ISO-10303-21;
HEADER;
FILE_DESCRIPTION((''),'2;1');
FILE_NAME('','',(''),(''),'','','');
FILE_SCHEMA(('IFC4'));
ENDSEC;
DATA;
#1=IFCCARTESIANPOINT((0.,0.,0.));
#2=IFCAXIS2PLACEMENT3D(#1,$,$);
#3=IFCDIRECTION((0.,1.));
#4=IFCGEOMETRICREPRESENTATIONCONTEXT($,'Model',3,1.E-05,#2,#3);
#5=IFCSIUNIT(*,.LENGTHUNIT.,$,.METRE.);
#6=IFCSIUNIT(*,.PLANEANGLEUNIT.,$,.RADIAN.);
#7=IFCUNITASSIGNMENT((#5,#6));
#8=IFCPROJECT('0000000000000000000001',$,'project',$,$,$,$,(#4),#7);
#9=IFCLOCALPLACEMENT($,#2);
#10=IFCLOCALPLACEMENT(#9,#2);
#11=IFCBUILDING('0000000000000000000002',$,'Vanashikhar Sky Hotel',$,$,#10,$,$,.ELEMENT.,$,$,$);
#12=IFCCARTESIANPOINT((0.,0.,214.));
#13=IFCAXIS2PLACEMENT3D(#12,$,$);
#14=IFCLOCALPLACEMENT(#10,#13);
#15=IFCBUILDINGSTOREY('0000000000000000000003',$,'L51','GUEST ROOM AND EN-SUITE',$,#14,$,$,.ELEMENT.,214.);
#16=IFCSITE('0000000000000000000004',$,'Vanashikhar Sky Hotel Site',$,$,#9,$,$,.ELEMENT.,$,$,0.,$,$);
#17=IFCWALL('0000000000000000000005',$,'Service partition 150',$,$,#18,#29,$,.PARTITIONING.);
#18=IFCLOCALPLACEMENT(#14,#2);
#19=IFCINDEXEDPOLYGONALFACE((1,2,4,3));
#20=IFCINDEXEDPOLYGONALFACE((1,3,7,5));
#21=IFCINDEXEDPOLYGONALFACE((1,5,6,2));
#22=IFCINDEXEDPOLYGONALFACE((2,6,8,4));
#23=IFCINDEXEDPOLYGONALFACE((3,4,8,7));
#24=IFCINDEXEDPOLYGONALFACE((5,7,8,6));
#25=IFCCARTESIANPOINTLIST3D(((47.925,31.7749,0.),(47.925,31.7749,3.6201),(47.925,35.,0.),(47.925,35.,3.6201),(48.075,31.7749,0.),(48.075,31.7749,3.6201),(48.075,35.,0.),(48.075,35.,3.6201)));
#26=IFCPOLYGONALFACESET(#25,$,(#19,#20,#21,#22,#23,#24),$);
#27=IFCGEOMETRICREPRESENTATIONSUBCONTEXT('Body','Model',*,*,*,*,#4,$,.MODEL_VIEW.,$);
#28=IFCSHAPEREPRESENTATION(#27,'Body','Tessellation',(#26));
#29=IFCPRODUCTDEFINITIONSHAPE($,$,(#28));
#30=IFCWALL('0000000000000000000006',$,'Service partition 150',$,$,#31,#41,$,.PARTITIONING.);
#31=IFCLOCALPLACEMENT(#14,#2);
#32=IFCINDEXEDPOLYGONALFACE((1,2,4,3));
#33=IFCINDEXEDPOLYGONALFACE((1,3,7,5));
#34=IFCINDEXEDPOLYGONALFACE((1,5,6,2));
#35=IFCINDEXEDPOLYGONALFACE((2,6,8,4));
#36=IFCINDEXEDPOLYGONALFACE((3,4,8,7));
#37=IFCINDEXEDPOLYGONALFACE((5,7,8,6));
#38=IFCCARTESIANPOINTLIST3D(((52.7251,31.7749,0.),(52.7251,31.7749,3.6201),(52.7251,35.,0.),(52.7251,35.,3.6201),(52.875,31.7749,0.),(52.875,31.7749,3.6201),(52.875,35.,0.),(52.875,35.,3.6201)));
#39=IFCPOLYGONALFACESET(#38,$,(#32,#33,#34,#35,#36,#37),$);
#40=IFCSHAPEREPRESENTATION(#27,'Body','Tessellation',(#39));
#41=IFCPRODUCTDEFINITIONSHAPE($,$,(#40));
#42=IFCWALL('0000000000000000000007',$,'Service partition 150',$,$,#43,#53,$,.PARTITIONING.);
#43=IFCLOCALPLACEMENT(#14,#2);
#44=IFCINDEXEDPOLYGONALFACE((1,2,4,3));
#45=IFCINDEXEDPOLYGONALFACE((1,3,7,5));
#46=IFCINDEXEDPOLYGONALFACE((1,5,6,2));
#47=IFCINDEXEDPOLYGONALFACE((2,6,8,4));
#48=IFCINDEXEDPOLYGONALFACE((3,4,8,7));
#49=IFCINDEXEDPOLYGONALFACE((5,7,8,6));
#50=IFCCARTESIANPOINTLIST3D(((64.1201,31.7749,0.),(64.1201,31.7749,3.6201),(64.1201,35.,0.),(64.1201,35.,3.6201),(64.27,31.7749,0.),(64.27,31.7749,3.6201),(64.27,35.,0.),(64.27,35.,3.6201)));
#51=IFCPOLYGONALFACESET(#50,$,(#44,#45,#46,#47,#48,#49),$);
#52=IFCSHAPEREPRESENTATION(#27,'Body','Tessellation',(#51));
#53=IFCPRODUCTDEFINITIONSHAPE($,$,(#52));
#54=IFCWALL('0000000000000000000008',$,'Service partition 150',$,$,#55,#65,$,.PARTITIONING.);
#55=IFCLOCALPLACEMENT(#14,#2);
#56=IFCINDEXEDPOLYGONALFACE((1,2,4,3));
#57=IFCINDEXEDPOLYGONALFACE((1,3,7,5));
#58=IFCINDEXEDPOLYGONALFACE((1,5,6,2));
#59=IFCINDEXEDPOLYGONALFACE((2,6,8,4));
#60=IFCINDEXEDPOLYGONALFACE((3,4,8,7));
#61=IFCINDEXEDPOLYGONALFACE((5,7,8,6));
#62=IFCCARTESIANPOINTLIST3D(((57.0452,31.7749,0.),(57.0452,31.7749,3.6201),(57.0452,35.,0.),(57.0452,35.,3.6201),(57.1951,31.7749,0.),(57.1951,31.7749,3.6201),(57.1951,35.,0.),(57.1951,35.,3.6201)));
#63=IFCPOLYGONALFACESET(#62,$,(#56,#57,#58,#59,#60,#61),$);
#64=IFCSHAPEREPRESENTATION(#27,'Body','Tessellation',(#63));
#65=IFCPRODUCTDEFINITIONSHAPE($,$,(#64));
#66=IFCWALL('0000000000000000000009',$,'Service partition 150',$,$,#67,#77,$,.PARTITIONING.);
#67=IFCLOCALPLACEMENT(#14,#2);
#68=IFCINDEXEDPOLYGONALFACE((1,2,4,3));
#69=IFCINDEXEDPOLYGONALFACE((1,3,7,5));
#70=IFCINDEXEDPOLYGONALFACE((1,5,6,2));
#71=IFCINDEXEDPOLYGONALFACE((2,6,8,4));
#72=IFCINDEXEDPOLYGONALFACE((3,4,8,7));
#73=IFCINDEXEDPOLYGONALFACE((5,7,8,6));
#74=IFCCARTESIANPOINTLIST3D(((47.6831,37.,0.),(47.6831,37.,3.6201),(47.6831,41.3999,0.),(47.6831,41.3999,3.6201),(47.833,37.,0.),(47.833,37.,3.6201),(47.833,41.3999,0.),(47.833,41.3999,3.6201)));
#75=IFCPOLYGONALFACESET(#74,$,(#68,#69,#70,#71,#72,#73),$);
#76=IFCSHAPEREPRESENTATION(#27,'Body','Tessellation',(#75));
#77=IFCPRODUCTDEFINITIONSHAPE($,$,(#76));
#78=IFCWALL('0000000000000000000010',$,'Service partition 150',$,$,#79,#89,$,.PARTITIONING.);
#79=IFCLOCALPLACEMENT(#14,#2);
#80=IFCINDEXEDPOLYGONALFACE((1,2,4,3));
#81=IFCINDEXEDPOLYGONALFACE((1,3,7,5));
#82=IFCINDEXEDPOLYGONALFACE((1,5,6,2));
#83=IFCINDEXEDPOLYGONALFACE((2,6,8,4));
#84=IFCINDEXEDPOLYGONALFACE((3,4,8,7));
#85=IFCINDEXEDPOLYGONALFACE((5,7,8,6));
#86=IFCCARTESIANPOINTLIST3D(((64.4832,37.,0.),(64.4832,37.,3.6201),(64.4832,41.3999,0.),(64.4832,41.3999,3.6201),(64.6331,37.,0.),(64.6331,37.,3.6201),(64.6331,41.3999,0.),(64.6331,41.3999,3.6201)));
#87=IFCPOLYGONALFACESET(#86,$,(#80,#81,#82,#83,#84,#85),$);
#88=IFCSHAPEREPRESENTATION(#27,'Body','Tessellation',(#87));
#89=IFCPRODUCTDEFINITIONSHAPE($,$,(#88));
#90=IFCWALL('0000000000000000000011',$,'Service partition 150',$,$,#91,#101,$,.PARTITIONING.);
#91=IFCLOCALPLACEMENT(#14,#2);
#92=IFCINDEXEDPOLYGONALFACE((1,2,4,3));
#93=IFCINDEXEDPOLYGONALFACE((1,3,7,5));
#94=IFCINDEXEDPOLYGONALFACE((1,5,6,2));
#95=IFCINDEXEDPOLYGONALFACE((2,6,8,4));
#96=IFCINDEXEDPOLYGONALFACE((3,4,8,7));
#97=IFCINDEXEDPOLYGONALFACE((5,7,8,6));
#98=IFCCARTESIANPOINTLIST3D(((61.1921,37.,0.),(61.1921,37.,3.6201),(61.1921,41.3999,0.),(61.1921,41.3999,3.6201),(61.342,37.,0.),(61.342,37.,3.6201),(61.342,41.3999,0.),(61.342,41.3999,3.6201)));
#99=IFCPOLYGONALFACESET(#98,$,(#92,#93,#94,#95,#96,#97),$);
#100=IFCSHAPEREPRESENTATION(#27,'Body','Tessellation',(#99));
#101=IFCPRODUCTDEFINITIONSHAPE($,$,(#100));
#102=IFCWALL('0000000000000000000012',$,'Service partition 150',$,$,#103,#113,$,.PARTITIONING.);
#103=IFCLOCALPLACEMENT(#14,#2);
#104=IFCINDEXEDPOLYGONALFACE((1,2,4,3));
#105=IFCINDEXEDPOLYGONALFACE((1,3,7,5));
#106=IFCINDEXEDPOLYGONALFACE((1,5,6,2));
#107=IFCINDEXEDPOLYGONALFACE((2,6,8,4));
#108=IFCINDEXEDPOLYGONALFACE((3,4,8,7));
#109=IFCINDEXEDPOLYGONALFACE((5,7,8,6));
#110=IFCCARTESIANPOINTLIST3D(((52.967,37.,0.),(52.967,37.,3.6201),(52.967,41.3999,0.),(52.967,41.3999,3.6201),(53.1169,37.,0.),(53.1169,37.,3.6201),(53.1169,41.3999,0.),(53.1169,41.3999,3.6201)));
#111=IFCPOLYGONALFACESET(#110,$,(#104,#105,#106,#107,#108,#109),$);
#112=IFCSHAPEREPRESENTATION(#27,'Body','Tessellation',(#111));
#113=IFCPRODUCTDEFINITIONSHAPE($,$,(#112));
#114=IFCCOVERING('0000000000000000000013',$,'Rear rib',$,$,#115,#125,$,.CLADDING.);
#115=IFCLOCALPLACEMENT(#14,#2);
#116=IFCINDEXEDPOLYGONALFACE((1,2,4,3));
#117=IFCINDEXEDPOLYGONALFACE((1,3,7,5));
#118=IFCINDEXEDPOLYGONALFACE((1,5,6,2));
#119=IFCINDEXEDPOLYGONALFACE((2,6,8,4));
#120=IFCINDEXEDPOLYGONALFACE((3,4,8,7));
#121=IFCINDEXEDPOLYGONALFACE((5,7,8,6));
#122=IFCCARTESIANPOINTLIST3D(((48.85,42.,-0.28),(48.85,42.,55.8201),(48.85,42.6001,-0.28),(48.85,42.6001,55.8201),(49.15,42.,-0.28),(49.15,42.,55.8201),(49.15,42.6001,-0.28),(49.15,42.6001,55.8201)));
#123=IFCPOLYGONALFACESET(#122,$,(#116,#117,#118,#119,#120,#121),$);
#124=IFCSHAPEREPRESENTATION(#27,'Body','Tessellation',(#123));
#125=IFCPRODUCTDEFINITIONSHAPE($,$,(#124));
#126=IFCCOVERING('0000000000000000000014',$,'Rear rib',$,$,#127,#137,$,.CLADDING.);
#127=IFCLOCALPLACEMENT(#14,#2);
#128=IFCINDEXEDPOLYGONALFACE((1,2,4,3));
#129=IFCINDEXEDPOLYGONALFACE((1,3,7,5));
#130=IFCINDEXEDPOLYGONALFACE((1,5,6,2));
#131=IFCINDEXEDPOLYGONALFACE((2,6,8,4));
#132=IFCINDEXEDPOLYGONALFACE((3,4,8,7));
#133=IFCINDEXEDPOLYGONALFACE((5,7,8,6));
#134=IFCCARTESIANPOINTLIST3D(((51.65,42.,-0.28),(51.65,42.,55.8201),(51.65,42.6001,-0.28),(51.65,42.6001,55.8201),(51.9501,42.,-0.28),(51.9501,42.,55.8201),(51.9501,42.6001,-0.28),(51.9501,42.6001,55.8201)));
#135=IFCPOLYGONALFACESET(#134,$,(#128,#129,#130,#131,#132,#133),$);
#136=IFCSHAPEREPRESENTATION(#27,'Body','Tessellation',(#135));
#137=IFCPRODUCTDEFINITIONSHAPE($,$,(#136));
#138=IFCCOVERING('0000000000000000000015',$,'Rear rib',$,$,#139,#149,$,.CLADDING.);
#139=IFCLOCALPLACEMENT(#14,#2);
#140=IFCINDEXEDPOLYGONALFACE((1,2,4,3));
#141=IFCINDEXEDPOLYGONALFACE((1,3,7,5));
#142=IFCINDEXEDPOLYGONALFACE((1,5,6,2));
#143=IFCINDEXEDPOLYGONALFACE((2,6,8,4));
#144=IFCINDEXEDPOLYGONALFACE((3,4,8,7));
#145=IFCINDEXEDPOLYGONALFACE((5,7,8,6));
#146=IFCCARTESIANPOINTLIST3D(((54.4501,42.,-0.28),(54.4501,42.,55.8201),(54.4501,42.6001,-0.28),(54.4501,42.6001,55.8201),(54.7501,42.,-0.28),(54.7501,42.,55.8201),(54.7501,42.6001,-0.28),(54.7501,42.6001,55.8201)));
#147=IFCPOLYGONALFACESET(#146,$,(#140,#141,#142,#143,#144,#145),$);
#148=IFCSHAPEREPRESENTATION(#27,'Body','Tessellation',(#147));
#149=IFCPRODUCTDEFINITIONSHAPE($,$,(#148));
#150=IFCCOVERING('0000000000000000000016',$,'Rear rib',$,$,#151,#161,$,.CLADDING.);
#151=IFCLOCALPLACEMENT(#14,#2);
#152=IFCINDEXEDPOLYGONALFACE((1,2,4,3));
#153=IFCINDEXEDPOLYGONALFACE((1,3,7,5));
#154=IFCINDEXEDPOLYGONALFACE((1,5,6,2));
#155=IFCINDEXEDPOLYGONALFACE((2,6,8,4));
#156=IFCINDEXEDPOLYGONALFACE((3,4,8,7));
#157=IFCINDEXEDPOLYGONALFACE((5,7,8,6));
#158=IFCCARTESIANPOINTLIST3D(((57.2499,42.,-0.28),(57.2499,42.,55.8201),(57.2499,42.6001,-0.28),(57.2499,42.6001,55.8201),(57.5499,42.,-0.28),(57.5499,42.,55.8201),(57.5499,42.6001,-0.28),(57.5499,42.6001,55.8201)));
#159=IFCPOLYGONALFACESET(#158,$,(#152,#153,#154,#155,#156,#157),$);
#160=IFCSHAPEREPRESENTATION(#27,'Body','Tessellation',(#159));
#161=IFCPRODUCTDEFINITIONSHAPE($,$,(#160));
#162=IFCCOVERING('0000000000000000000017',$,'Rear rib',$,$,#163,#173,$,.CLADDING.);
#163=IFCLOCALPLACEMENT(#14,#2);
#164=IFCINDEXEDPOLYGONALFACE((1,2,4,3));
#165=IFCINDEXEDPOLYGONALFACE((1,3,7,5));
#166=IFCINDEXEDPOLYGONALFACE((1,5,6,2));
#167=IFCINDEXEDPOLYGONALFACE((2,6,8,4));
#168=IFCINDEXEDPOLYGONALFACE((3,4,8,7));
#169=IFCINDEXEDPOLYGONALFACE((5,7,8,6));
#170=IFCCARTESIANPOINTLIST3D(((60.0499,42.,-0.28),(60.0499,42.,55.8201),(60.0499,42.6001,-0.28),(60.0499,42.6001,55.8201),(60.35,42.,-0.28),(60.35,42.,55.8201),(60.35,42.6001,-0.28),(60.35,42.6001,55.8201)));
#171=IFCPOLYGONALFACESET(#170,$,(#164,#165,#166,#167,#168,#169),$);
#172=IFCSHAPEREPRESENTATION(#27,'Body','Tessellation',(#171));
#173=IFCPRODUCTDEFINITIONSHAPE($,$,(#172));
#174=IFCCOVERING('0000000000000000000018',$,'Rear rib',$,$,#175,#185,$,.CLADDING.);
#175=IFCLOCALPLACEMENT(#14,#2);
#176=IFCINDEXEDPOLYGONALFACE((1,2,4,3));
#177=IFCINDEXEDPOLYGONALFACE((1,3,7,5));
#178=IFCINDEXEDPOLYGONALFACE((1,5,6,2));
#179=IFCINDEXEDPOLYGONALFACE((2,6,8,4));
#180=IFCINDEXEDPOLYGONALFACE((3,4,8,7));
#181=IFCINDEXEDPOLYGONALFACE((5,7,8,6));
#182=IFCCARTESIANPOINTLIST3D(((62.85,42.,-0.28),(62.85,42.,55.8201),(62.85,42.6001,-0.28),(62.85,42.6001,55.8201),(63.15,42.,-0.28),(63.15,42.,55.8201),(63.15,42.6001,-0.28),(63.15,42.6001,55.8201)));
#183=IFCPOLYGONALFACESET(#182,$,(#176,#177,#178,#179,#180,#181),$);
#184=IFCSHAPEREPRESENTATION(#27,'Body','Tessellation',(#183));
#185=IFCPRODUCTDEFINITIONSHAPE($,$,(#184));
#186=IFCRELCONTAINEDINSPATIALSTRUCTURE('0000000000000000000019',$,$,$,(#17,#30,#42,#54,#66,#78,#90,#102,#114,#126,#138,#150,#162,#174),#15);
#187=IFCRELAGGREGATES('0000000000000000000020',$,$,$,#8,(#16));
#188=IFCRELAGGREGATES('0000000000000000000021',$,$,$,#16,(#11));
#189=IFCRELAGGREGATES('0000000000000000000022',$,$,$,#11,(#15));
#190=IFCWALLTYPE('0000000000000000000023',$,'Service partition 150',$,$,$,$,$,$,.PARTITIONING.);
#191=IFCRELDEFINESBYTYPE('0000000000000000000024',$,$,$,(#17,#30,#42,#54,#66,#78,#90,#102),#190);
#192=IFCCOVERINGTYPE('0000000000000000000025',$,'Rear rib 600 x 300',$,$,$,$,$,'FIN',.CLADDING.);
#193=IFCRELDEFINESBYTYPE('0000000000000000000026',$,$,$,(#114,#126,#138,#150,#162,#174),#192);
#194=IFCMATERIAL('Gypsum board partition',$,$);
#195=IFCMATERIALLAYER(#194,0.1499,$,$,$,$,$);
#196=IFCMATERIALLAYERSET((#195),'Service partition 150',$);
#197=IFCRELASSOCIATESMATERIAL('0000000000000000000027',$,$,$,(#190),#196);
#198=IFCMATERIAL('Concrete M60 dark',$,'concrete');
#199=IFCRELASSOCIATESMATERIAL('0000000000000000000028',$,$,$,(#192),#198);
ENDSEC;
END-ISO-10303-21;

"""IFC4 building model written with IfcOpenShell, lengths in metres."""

from ifc_helpers import new_model, si_unit, direction, frame, frame_2d, origin, origin_2d, place, context, subcontext, project, spatial, rectangle, extrude, source, transform, mapped, material, layer, layer_set, material_profile, profile_set, type_object, element, save


model = new_model("IFC4")

# Units and contexts
model_context = context("Model", 3, precision=1e-05, world=origin(), true_north=direction((0.0, 1.0)))
body_context = subcontext(model_context, "Body", "Model", "MODEL_VIEW")
ifc_project = project(units=[si_unit("LENGTHUNIT", "METRE"), si_unit("PLANEANGLEUNIT", "RADIAN")], contexts=[model_context])

# Site, building, storey
site_placement = place(None, origin())
site = spatial("IfcSite", under=ifc_project, at=site_placement, Name="Vanashikhar Sky Hotel Site", CompositionType="ELEMENT", RefElevation=0.0)
building_placement = place(site_placement, origin())
building = spatial("IfcBuilding", under=site, at=building_placement, Name="Vanashikhar Sky Hotel", CompositionType="ELEMENT")
storey_placement = place(building_placement, frame((0.0, 0.0, 214.0)))
storey = spatial("IfcBuildingStorey", under=building, at=storey_placement, Name="L51", Description="GUEST ROOM AND EN-SUITE", CompositionType="ELEMENT", Elevation=214.0)

# Walls
ifc_material_1 = material(Name="Gypsum board partition")
ifc_layer_1 = layer(ifc_material_1, 0.1499)
ifc_layer_set_1 = layer_set([ifc_layer_1], Name="Service partition 150")
wall_type_1 = type_object("IfcWallType", Name="Service partition 150", PredefinedType="PARTITIONING", material=ifc_layer_set_1)
shared_shape_1 = source(origin(), body_context, "Body", "SweptSolid", [
    extrude(rectangle(XDim=3.2251, YDim=0.1499, at=frame_2d((1.6125, 0.0))), origin(), (0.0, 0.0, 1.0), 3.6201),
])
for number, where, z_axis, x_axis, name in (
    (1, (48.0, 31.7749, 0.0), (0.0, 0.0, 1.0), (0.0, 1.0, 0.0), "Service partition 150"),
    (2, (52.8, 31.7749, 0.0), (0.0, 0.0, 1.0), (0.0, 1.0, 0.0), "Service partition 150"),
    (3, (64.1951, 31.7749, 0.0), (0.0, 0.0, 1.0), (0.0, 1.0, 0.0), "Service partition 150"),
    (4, (57.1201, 31.7749, 0.0), (0.0, 0.0, 1.0), (0.0, 1.0, 0.0), "Service partition 150"),
):
    element("IfcWall", number, at=place(storey_placement, frame(where, z_axis=z_axis, x_axis=x_axis)), inside=storey, type_object=wall_type_1, Name=name, PredefinedType="PARTITIONING", context=body_context, shape_type="MappedRepresentation", body=[
        mapped(shared_shape_1, transform((0.0, 0.0, 0.0), scale=1.0)),
    ])
shared_shape_2 = source(origin(), body_context, "Body", "SweptSolid", [
    extrude(rectangle(XDim=4.3999, YDim=0.1499, at=frame_2d((2.2, 0.0))), origin(), (0.0, 0.0, 1.0), 3.6201),
])
for number, where, z_axis, x_axis, name in (
    (5, (47.7581, 37.0, 0.0), (0.0, 0.0, 1.0), (0.0, 1.0, 0.0), "Service partition 150"),
    (6, (64.5581, 37.0, 0.0), (0.0, 0.0, 1.0), (0.0, 1.0, 0.0), "Service partition 150"),
    (7, (61.2671, 37.0, 0.0), (0.0, 0.0, 1.0), (0.0, 1.0, 0.0), "Service partition 150"),
    (8, (53.042, 37.0, 0.0), (0.0, 0.0, 1.0), (0.0, 1.0, 0.0), "Service partition 150"),
):
    element("IfcWall", number, at=place(storey_placement, frame(where, z_axis=z_axis, x_axis=x_axis)), inside=storey, type_object=wall_type_1, Name=name, PredefinedType="PARTITIONING", context=body_context, shape_type="MappedRepresentation", body=[
        mapped(shared_shape_2, transform((0.0, 0.0, 0.0), scale=1.0)),
    ])

# Coverings
ifc_material_2 = material(Name="Concrete M60 dark", Category="concrete")
ifc_material_profile = material_profile(ifc_material_2, rectangle(XDim=0.6001, YDim=0.3, at=origin_2d()))
ifc_profile_set = profile_set([ifc_material_profile], Name="Rear rib 600 x 300")
covering_type = type_object("IfcCoveringType", Name="Rear rib 600 x 300", ElementType="FIN", PredefinedType="CLADDING", material=ifc_profile_set)
shared_shape_3 = source(origin(), body_context, "Body", "SweptSolid", [
    extrude(rectangle(XDim=0.6001, YDim=0.3, at=origin_2d()), origin(), (0.0, 0.0, 1.0), 56.1001),
])
for number, where, z_axis, x_axis, name in (
    (9, (49.0, 42.3, -0.28), (0.0, 0.0, 1.0), (0.0, 1.0, 0.0), "Rear rib"),
    (10, (51.8, 42.3, -0.28), (0.0, 0.0, 1.0), (0.0, 1.0, 0.0), "Rear rib"),
    (11, (54.6001, 42.3, -0.28), (0.0, 0.0, 1.0), (0.0, 1.0, 0.0), "Rear rib"),
    (12, (57.3999, 42.3, -0.28), (0.0, 0.0, 1.0), (0.0, 1.0, 0.0), "Rear rib"),
    (13, (60.2, 42.3, -0.28), (0.0, 0.0, 1.0), (0.0, 1.0, 0.0), "Rear rib"),
    (14, (63.0, 42.3, -0.28), (0.0, 0.0, 1.0), (0.0, 1.0, 0.0), "Rear rib"),
):
    element("IfcCovering", number, at=place(storey_placement, frame(where, z_axis=z_axis, x_axis=x_axis)), inside=storey, type_object=covering_type, Name=name, PredefinedType="CLADDING", context=body_context, shape_type="MappedRepresentation", body=[
        mapped(shared_shape_3, transform((0.0, 0.0, 0.0), scale=1.0)),
    ])

save(model, "model.ifc")
